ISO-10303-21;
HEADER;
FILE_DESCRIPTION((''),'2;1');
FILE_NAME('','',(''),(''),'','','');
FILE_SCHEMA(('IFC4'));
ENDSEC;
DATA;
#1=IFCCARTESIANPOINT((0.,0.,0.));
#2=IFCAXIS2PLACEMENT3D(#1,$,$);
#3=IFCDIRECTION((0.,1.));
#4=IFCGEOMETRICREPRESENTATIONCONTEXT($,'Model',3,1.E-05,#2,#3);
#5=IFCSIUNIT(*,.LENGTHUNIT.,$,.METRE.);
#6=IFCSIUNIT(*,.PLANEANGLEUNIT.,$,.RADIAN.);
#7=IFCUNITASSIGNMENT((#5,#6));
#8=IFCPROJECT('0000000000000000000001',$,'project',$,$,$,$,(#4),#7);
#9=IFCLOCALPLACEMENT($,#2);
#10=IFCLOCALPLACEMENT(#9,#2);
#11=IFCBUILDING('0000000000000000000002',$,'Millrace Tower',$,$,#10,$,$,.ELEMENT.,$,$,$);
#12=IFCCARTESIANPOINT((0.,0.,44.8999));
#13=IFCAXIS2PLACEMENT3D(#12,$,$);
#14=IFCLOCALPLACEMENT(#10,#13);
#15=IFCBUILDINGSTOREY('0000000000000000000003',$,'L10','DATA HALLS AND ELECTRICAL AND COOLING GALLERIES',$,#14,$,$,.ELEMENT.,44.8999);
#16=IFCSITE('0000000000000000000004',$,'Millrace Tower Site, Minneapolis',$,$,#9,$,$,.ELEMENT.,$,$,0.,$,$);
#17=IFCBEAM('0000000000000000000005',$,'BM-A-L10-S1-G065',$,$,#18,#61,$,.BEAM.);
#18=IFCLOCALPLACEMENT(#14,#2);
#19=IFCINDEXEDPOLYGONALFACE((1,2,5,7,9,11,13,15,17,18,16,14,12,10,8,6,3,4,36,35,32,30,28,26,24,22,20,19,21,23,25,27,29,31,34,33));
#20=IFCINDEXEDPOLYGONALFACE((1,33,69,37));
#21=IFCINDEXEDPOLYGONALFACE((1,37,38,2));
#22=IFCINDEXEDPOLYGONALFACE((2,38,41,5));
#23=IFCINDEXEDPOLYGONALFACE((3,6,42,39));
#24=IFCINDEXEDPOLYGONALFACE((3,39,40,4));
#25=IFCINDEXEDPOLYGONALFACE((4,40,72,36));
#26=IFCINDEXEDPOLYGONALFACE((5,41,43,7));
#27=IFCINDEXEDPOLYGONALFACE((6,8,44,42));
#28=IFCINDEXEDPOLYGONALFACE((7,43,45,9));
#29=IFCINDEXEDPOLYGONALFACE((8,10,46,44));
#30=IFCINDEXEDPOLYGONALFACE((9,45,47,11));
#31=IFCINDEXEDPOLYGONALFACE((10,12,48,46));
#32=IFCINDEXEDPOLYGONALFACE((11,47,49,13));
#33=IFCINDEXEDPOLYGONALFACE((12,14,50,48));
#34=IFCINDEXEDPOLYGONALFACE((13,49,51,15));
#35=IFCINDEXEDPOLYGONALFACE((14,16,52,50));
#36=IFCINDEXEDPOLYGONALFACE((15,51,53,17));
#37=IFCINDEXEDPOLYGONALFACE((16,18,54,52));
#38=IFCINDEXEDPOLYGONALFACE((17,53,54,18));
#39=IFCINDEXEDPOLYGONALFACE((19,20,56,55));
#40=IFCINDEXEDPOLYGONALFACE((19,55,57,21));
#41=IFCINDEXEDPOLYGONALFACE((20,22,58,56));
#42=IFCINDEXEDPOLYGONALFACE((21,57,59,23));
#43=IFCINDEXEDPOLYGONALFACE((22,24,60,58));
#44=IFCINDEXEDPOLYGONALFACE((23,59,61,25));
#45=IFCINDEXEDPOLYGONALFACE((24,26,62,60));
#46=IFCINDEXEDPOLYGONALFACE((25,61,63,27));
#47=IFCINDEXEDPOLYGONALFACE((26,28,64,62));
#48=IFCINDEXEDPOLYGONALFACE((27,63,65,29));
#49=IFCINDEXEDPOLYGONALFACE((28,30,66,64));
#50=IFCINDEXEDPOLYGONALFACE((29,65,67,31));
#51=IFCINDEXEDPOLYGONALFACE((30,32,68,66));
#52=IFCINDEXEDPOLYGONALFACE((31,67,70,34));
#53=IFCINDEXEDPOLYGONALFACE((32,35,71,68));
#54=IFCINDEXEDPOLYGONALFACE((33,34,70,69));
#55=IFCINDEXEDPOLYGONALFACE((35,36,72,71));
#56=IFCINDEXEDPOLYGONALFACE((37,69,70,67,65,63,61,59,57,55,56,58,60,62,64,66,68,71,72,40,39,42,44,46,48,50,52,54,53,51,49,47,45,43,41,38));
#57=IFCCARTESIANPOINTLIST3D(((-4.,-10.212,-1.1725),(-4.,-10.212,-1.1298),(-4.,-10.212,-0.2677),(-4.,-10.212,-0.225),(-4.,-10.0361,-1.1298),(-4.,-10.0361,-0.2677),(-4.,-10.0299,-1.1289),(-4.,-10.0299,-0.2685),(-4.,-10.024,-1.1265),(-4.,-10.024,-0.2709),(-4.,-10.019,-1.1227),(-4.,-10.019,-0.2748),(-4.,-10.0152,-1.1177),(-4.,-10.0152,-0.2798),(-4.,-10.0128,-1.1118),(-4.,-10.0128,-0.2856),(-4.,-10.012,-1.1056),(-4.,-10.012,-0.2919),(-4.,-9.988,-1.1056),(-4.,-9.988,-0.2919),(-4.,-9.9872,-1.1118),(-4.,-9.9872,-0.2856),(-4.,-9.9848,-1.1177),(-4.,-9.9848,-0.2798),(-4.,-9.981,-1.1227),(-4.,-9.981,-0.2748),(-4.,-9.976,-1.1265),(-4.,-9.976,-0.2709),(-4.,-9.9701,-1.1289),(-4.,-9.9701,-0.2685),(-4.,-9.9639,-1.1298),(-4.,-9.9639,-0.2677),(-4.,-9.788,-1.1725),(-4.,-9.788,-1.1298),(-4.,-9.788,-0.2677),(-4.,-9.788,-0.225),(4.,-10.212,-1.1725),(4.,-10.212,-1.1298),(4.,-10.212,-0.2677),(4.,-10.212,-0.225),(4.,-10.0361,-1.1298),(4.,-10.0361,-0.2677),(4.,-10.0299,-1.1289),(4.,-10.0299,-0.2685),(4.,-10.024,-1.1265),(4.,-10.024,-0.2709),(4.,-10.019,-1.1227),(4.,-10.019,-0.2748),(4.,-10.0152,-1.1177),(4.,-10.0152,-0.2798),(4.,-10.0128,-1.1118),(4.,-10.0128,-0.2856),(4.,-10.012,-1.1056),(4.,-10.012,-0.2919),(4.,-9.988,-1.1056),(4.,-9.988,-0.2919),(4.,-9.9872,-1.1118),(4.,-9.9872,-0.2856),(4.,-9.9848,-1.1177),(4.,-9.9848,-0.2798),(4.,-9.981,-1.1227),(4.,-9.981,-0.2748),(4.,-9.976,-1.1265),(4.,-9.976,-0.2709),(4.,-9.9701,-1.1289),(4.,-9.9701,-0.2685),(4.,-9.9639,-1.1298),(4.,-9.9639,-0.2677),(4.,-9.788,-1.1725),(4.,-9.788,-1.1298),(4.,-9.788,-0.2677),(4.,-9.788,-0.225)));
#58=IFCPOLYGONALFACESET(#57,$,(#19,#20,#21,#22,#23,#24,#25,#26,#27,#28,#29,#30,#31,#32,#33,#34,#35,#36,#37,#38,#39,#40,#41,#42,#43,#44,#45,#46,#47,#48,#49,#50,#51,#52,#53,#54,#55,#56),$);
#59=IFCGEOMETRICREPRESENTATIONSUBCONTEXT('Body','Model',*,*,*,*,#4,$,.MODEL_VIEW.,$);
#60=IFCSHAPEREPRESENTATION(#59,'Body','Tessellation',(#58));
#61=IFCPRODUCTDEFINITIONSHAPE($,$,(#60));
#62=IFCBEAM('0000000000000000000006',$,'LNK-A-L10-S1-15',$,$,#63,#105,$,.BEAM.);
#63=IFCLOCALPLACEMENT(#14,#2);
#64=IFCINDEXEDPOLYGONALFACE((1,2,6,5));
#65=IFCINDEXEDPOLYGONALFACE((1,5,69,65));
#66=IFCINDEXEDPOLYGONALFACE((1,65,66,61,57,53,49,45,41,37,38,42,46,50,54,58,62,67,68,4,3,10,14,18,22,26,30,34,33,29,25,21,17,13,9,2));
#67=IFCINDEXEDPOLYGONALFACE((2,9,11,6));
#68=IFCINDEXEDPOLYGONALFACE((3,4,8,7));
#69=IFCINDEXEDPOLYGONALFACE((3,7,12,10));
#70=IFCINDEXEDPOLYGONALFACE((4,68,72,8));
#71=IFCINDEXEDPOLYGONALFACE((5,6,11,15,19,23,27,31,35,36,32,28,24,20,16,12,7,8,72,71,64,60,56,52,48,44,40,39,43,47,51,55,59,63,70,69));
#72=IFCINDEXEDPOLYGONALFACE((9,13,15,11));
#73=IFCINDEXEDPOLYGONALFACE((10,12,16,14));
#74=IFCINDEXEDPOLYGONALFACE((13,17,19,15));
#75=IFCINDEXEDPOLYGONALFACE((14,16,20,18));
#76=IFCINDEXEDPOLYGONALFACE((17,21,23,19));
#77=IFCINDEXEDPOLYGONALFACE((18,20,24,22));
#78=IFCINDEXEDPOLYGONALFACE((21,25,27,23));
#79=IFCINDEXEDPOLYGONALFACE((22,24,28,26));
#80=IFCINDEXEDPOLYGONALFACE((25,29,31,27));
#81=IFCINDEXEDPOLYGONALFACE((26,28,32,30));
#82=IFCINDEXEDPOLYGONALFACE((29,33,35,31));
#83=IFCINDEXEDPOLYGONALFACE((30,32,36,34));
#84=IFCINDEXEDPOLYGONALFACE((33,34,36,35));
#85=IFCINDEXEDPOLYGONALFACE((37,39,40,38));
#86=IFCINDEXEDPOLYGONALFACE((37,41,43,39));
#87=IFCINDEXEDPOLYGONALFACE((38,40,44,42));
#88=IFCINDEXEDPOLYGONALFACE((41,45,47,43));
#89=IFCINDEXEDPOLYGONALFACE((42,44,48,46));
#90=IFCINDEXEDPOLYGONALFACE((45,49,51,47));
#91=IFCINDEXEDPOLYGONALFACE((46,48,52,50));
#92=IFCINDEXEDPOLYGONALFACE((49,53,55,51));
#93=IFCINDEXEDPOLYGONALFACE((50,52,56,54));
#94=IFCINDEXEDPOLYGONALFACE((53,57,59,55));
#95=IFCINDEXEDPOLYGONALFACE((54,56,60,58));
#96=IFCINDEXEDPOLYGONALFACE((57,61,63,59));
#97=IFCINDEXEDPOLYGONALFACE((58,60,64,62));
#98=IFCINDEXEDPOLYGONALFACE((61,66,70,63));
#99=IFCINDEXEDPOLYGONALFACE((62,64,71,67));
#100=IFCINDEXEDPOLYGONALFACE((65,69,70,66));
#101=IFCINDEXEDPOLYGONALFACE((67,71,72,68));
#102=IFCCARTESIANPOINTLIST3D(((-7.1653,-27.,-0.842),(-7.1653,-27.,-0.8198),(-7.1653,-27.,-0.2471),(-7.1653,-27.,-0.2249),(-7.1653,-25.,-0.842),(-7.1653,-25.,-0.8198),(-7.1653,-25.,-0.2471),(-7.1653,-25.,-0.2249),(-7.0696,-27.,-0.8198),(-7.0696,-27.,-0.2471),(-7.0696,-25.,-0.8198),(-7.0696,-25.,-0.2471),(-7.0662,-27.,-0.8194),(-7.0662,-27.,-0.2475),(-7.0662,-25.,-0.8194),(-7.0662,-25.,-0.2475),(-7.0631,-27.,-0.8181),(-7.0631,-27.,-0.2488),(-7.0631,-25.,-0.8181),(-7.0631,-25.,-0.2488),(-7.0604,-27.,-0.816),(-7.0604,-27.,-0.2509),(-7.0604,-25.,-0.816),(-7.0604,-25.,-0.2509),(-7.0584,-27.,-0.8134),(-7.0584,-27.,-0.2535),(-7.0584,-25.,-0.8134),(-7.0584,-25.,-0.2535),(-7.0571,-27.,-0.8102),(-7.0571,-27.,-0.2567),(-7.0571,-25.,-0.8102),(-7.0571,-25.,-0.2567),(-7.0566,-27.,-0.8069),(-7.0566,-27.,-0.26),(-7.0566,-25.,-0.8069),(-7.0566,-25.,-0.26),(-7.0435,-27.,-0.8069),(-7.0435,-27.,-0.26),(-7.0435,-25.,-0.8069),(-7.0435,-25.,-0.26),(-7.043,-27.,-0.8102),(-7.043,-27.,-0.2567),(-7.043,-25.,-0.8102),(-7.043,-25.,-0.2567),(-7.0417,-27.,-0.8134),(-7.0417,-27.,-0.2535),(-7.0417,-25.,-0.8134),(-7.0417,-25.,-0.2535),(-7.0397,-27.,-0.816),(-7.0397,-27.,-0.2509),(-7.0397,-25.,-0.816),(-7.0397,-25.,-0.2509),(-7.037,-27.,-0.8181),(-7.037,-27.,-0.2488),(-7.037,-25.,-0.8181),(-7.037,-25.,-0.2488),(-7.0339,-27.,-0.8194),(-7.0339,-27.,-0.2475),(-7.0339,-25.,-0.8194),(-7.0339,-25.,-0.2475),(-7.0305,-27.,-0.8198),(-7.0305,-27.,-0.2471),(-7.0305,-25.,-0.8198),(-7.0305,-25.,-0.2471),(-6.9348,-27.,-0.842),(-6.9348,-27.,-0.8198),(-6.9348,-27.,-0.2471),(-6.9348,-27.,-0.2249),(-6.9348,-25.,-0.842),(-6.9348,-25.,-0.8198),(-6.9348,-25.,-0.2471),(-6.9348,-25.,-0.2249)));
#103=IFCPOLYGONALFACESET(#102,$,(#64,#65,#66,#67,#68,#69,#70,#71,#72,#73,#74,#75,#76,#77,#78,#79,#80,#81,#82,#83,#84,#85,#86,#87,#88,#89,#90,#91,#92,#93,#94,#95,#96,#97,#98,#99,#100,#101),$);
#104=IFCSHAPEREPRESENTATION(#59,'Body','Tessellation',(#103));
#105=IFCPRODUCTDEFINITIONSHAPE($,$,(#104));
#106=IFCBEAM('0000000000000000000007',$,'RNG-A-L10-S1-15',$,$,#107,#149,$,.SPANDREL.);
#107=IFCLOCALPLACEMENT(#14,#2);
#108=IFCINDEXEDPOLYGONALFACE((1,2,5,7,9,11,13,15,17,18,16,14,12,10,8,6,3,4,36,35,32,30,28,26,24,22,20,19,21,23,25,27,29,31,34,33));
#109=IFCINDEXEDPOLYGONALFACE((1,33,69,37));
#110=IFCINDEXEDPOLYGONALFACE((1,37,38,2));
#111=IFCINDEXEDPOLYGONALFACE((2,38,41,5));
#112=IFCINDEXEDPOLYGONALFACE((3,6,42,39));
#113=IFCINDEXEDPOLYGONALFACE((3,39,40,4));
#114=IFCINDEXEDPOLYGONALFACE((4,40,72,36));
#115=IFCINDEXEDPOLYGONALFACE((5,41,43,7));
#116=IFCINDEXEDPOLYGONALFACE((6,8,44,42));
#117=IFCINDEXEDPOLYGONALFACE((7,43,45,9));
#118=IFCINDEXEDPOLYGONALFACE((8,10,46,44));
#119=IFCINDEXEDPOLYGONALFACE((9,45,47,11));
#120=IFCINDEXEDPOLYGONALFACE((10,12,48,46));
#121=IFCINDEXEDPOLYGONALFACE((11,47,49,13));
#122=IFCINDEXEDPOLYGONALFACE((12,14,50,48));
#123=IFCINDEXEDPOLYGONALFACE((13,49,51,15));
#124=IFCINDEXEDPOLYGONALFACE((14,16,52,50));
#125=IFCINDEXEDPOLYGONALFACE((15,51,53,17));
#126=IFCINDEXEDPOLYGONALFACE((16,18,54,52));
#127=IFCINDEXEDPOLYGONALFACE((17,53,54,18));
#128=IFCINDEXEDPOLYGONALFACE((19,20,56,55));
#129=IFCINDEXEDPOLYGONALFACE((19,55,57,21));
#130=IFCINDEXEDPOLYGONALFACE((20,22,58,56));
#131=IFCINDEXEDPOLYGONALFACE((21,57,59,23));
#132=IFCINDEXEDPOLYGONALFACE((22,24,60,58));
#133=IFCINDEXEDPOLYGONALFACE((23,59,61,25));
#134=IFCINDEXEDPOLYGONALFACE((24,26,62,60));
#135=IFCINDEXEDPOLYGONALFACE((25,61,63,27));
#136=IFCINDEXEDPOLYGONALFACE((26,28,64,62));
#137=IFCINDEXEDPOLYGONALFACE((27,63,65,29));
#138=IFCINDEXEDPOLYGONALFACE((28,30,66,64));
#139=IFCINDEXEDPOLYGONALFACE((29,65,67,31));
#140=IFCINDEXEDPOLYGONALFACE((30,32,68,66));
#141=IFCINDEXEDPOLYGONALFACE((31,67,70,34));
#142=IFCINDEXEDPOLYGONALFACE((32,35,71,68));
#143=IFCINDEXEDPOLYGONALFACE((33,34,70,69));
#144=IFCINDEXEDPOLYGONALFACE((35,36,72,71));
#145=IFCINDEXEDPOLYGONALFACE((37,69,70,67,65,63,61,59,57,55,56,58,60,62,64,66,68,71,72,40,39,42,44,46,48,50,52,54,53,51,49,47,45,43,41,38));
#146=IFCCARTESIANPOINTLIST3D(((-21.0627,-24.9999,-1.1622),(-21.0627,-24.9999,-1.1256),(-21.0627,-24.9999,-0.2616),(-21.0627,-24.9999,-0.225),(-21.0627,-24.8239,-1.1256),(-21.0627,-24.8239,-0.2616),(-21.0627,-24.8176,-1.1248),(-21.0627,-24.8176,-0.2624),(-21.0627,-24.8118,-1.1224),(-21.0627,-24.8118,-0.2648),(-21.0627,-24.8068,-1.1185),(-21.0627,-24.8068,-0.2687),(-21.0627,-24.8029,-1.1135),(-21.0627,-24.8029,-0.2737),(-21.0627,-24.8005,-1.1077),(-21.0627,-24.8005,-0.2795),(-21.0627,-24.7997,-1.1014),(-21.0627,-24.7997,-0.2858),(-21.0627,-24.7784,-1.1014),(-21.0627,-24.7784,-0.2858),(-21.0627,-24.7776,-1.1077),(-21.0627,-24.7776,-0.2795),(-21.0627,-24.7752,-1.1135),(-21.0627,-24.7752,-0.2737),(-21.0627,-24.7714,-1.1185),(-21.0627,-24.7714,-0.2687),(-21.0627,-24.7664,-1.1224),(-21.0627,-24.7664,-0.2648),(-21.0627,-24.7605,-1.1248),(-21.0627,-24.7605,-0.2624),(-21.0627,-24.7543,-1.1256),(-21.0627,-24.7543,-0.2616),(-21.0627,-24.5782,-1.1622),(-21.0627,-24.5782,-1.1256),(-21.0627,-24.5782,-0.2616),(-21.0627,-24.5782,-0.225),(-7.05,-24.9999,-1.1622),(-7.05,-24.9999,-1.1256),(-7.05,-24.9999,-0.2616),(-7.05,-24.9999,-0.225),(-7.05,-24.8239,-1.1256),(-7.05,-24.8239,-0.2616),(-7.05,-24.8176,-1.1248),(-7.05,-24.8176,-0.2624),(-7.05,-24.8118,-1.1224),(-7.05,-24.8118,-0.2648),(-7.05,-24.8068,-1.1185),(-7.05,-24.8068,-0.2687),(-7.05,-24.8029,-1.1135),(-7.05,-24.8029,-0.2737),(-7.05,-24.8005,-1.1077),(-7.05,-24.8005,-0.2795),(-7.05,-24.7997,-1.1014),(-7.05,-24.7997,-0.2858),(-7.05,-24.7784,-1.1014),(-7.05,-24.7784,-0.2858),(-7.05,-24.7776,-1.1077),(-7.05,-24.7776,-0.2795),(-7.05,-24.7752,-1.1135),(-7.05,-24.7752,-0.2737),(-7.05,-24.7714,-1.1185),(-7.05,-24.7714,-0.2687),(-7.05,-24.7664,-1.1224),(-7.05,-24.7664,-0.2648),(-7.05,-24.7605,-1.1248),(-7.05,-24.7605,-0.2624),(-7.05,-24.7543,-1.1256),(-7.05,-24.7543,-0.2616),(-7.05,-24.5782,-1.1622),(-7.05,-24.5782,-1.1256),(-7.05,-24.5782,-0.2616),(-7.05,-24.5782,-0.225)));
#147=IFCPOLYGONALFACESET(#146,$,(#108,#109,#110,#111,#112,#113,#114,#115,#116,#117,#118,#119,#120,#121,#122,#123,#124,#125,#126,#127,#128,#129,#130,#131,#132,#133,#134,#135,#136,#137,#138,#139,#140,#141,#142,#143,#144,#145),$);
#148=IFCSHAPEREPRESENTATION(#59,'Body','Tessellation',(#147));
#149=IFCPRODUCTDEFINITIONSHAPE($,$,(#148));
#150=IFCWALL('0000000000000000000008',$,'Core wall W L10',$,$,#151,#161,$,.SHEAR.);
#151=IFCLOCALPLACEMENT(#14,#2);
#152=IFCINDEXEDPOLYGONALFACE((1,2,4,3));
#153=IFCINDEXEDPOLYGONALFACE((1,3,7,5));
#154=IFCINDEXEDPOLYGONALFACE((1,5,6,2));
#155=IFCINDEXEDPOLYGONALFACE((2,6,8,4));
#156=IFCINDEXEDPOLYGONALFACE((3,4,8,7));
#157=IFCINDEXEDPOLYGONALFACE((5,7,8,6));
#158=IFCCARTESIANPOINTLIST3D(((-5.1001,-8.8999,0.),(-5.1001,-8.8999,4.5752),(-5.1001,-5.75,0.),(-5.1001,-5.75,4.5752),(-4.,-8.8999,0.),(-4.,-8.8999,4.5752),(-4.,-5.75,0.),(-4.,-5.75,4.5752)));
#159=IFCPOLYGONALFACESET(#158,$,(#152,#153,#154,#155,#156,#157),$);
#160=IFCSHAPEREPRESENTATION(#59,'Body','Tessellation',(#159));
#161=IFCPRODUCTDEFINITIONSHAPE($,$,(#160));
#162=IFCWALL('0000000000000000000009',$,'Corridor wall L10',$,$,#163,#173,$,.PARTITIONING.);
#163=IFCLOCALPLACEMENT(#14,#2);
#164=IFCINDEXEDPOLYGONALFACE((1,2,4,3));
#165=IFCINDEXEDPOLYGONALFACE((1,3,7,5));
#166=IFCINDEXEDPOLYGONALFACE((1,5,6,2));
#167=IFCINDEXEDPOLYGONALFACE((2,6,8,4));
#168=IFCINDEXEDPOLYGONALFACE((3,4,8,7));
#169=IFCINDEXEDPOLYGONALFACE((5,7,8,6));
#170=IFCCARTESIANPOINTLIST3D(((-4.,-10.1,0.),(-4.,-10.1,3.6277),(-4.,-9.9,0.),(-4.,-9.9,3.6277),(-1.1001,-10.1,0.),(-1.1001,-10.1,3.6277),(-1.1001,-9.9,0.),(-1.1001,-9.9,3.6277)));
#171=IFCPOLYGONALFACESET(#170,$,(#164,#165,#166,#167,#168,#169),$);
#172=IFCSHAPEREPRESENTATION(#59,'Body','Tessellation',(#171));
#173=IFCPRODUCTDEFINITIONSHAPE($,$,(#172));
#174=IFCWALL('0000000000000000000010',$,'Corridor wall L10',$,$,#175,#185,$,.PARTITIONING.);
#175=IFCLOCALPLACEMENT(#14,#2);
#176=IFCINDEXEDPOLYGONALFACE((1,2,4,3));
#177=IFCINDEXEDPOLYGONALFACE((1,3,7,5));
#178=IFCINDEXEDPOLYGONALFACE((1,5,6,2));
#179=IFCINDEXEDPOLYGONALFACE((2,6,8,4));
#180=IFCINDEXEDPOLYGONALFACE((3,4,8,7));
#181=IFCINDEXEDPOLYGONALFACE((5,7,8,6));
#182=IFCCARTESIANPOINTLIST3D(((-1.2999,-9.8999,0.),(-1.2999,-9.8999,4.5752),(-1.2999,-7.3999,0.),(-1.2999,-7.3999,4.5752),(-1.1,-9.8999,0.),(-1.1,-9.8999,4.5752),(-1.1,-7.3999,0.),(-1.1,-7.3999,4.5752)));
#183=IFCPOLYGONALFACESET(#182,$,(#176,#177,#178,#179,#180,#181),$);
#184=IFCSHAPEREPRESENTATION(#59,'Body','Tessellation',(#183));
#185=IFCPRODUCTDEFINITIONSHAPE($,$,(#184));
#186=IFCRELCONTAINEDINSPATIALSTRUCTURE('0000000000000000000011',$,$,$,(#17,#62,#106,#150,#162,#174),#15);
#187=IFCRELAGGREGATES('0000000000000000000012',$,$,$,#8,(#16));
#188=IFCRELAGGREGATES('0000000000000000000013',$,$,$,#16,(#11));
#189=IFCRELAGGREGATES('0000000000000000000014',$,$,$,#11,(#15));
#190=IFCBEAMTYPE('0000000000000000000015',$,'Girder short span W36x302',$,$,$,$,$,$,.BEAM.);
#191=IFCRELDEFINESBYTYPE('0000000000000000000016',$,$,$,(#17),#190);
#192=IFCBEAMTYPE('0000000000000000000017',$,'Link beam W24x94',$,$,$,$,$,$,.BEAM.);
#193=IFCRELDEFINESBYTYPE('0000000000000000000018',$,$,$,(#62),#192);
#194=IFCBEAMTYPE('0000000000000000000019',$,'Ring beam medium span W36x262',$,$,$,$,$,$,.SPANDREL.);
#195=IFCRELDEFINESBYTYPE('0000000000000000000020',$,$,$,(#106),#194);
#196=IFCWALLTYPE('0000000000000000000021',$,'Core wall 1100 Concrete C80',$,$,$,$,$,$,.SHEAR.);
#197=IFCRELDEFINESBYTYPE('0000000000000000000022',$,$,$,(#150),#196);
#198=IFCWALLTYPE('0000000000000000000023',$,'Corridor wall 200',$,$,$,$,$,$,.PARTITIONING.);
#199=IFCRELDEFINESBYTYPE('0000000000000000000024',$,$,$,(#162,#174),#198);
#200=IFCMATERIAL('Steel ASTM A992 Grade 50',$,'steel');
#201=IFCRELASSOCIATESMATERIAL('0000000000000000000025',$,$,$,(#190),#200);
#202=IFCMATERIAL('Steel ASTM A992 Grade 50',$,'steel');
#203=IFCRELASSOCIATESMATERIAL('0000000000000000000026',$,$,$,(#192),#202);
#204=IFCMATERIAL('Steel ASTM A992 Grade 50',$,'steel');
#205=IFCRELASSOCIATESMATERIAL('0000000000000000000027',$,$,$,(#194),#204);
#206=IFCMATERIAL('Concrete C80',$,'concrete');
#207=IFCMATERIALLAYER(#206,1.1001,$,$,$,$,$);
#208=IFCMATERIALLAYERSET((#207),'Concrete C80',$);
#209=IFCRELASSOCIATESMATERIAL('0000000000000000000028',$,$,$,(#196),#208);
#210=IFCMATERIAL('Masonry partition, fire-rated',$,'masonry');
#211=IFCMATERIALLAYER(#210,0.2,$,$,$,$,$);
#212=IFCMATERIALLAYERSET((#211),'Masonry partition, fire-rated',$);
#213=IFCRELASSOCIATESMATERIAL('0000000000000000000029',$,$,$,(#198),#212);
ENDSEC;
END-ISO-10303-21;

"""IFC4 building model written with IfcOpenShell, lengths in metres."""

from ifc_helpers import new_model, si_unit, direction, frame, frame_2d, origin, origin_2d, place, context, subcontext, project, spatial, rectangle, i_section, extrude, material, layer, layer_set, material_profile, profile_set, type_object, element, save


model = new_model("IFC4")

# Units and contexts
model_context = context("Model", 3, precision=1e-05, world=origin(), true_north=direction((0.0, 1.0)))
body_context = subcontext(model_context, "Body", "Model", "MODEL_VIEW")
ifc_project = project(units=[si_unit("LENGTHUNIT", "METRE"), si_unit("PLANEANGLEUNIT", "RADIAN")], contexts=[model_context])

# Site, building, storey
site_placement = place(None, origin())
site = spatial("IfcSite", under=ifc_project, at=site_placement, Name="Millrace Tower Site, Minneapolis", CompositionType="ELEMENT", RefElevation=0.0)
building_placement = place(site_placement, origin())
building = spatial("IfcBuilding", under=site, at=building_placement, Name="Millrace Tower", CompositionType="ELEMENT")
storey_placement = place(building_placement, frame((0.0, 0.0, 44.8999)))
storey = spatial("IfcBuildingStorey", under=building, at=storey_placement, Name="L10", Description="DATA HALLS AND ELECTRICAL AND COOLING GALLERIES", CompositionType="ELEMENT", Elevation=44.8999)

# Beams
ifc_material_1 = material(Name="Steel ASTM A992 Grade 50", Category="steel")
ifc_material_profile_1 = material_profile(ifc_material_1, i_section(OverallWidth=0.4241, OverallDepth=0.9475, WebThickness=0.0239, FlangeThickness=0.0427, FilletRadius=0.0242, at=origin_2d()))
ifc_profile_set_1 = profile_set([ifc_material_profile_1], Name="Steel ASTM A992 Grade 50")
beam_type_1 = type_object("IfcBeamType", Name="Girder short span W36x302", PredefinedType="BEAM", material=ifc_profile_set_1)
beam_1_placement = place(storey_placement, frame((-4.0, -10.0, -0.6987), z_axis=(1.0, 0.0, 0.0), x_axis=(0.0, 1.0, 0.0)))
element("IfcBeam", 1, at=beam_1_placement, inside=storey, type_object=beam_type_1, Name="BM-A-L10-S1-G065", PredefinedType="BEAM", context=body_context, shape_type="SweptSolid", body=[
    extrude(i_section(OverallWidth=0.4241, OverallDepth=0.9475, WebThickness=0.0239, FlangeThickness=0.0427, FilletRadius=0.0242, at=origin_2d()), origin(), (0.0, 0.0, 1.0), 8.0),
])
ifc_material_2 = material(Name="Steel ASTM A992 Grade 50", Category="steel")
ifc_material_profile_2 = material_profile(ifc_material_2, i_section(OverallWidth=0.2305, OverallDepth=0.6172, WebThickness=0.0132, FlangeThickness=0.0222, FilletRadius=0.0129, at=origin_2d()))
ifc_profile_set_2 = profile_set([ifc_material_profile_2], Name="Steel ASTM A992 Grade 50")
beam_type_2 = type_object("IfcBeamType", Name="Link beam W24x94", PredefinedType="BEAM", material=ifc_profile_set_2)
beam_2_placement = place(storey_placement, frame((-7.05, -25.0, -0.5334), z_axis=(0.0, -1.0, 0.0), x_axis=(1.0, 0.0, 0.0)))
element("IfcBeam", 2, at=beam_2_placement, inside=storey, type_object=beam_type_2, Name="LNK-A-L10-S1-15", PredefinedType="BEAM", context=body_context, shape_type="SweptSolid", body=[
    extrude(i_section(OverallWidth=0.2305, OverallDepth=0.6172, WebThickness=0.0132, FlangeThickness=0.0222, FilletRadius=0.0129, at=origin_2d()), origin(), (0.0, 0.0, 1.0), 2.0),
])
ifc_material_3 = material(Name="Steel ASTM A992 Grade 50", Category="steel")
ifc_material_profile_3 = material_profile(ifc_material_3, i_section(OverallWidth=0.4216, OverallDepth=0.9373, WebThickness=0.0212, FlangeThickness=0.0366, FilletRadius=0.0242, at=origin_2d()))
ifc_profile_set_3 = profile_set([ifc_material_profile_3], Name="Steel ASTM A992 Grade 50")
beam_type_3 = type_object("IfcBeamType", Name="Ring beam medium span W36x262", PredefinedType="SPANDREL", material=ifc_profile_set_3)
beam_3_placement = place(storey_placement, frame((-7.05, -24.7891, -0.6936), z_axis=(-1.0, 0.0, 0.0), x_axis=(0.0, -1.0, 0.0)))
element("IfcBeam", 3, at=beam_3_placement, inside=storey, type_object=beam_type_3, Name="RNG-A-L10-S1-15", PredefinedType="SPANDREL", context=body_context, shape_type="SweptSolid", body=[
    extrude(i_section(OverallWidth=0.4216, OverallDepth=0.9373, WebThickness=0.0212, FlangeThickness=0.0366, FilletRadius=0.0242, at=origin_2d()), origin(), (0.0, 0.0, 1.0), 14.0127),
])

# Walls
ifc_material_4 = material(Name="Concrete C80", Category="concrete")
ifc_layer_1 = layer(ifc_material_4, 1.1001)
ifc_layer_set_1 = layer_set([ifc_layer_1], Name="Concrete C80")
wall_type_1 = type_object("IfcWallType", Name="Core wall 1100 Concrete C80", PredefinedType="SHEAR", material=ifc_layer_set_1)
wall_1_placement = place(storey_placement, frame((-4.55, -8.8999, 0.0), z_axis=(0.0, 0.0, 1.0), x_axis=(0.0, 1.0, 0.0)))
element("IfcWall", 4, at=wall_1_placement, inside=storey, type_object=wall_type_1, Name="Core wall W L10", PredefinedType="SHEAR", context=body_context, shape_type="SweptSolid", body=[
    extrude(rectangle(XDim=3.1499, YDim=1.1001, at=frame_2d((1.575, 0.0))), origin(), (0.0, 0.0, 1.0), 4.5752),
])
ifc_material_5 = material(Name="Masonry partition, fire-rated", Category="masonry")
ifc_layer_2 = layer(ifc_material_5, 0.2)
ifc_layer_set_2 = layer_set([ifc_layer_2], Name="Masonry partition, fire-rated")
wall_type_2 = type_object("IfcWallType", Name="Corridor wall 200", PredefinedType="PARTITIONING", material=ifc_layer_set_2)
wall_2_placement = place(storey_placement, frame((-4.0, -10.0, 0.0), z_axis=(0.0, 0.0, 1.0), x_axis=(1.0, 0.0, 0.0)))
element("IfcWall", 5, at=wall_2_placement, inside=storey, type_object=wall_type_2, Name="Corridor wall L10", PredefinedType="PARTITIONING", context=body_context, shape_type="SweptSolid", body=[
    extrude(rectangle(XDim=2.8999, YDim=0.2, at=frame_2d((1.45, 0.0))), origin(), (0.0, 0.0, 1.0), 3.6277),
])
wall_3_placement = place(storey_placement, frame((-1.2, -9.8999, 0.0), z_axis=(0.0, 0.0, 1.0), x_axis=(0.0, 1.0, 0.0)))
element("IfcWall", 6, at=wall_3_placement, inside=storey, type_object=wall_type_2, Name="Corridor wall L10", PredefinedType="PARTITIONING", context=body_context, shape_type="SweptSolid", body=[
    extrude(rectangle(XDim=2.5, YDim=0.2, at=frame_2d((1.25, 0.0))), origin(), (0.0, 0.0, 1.0), 4.5752),
])

save(model, "model.ifc")
